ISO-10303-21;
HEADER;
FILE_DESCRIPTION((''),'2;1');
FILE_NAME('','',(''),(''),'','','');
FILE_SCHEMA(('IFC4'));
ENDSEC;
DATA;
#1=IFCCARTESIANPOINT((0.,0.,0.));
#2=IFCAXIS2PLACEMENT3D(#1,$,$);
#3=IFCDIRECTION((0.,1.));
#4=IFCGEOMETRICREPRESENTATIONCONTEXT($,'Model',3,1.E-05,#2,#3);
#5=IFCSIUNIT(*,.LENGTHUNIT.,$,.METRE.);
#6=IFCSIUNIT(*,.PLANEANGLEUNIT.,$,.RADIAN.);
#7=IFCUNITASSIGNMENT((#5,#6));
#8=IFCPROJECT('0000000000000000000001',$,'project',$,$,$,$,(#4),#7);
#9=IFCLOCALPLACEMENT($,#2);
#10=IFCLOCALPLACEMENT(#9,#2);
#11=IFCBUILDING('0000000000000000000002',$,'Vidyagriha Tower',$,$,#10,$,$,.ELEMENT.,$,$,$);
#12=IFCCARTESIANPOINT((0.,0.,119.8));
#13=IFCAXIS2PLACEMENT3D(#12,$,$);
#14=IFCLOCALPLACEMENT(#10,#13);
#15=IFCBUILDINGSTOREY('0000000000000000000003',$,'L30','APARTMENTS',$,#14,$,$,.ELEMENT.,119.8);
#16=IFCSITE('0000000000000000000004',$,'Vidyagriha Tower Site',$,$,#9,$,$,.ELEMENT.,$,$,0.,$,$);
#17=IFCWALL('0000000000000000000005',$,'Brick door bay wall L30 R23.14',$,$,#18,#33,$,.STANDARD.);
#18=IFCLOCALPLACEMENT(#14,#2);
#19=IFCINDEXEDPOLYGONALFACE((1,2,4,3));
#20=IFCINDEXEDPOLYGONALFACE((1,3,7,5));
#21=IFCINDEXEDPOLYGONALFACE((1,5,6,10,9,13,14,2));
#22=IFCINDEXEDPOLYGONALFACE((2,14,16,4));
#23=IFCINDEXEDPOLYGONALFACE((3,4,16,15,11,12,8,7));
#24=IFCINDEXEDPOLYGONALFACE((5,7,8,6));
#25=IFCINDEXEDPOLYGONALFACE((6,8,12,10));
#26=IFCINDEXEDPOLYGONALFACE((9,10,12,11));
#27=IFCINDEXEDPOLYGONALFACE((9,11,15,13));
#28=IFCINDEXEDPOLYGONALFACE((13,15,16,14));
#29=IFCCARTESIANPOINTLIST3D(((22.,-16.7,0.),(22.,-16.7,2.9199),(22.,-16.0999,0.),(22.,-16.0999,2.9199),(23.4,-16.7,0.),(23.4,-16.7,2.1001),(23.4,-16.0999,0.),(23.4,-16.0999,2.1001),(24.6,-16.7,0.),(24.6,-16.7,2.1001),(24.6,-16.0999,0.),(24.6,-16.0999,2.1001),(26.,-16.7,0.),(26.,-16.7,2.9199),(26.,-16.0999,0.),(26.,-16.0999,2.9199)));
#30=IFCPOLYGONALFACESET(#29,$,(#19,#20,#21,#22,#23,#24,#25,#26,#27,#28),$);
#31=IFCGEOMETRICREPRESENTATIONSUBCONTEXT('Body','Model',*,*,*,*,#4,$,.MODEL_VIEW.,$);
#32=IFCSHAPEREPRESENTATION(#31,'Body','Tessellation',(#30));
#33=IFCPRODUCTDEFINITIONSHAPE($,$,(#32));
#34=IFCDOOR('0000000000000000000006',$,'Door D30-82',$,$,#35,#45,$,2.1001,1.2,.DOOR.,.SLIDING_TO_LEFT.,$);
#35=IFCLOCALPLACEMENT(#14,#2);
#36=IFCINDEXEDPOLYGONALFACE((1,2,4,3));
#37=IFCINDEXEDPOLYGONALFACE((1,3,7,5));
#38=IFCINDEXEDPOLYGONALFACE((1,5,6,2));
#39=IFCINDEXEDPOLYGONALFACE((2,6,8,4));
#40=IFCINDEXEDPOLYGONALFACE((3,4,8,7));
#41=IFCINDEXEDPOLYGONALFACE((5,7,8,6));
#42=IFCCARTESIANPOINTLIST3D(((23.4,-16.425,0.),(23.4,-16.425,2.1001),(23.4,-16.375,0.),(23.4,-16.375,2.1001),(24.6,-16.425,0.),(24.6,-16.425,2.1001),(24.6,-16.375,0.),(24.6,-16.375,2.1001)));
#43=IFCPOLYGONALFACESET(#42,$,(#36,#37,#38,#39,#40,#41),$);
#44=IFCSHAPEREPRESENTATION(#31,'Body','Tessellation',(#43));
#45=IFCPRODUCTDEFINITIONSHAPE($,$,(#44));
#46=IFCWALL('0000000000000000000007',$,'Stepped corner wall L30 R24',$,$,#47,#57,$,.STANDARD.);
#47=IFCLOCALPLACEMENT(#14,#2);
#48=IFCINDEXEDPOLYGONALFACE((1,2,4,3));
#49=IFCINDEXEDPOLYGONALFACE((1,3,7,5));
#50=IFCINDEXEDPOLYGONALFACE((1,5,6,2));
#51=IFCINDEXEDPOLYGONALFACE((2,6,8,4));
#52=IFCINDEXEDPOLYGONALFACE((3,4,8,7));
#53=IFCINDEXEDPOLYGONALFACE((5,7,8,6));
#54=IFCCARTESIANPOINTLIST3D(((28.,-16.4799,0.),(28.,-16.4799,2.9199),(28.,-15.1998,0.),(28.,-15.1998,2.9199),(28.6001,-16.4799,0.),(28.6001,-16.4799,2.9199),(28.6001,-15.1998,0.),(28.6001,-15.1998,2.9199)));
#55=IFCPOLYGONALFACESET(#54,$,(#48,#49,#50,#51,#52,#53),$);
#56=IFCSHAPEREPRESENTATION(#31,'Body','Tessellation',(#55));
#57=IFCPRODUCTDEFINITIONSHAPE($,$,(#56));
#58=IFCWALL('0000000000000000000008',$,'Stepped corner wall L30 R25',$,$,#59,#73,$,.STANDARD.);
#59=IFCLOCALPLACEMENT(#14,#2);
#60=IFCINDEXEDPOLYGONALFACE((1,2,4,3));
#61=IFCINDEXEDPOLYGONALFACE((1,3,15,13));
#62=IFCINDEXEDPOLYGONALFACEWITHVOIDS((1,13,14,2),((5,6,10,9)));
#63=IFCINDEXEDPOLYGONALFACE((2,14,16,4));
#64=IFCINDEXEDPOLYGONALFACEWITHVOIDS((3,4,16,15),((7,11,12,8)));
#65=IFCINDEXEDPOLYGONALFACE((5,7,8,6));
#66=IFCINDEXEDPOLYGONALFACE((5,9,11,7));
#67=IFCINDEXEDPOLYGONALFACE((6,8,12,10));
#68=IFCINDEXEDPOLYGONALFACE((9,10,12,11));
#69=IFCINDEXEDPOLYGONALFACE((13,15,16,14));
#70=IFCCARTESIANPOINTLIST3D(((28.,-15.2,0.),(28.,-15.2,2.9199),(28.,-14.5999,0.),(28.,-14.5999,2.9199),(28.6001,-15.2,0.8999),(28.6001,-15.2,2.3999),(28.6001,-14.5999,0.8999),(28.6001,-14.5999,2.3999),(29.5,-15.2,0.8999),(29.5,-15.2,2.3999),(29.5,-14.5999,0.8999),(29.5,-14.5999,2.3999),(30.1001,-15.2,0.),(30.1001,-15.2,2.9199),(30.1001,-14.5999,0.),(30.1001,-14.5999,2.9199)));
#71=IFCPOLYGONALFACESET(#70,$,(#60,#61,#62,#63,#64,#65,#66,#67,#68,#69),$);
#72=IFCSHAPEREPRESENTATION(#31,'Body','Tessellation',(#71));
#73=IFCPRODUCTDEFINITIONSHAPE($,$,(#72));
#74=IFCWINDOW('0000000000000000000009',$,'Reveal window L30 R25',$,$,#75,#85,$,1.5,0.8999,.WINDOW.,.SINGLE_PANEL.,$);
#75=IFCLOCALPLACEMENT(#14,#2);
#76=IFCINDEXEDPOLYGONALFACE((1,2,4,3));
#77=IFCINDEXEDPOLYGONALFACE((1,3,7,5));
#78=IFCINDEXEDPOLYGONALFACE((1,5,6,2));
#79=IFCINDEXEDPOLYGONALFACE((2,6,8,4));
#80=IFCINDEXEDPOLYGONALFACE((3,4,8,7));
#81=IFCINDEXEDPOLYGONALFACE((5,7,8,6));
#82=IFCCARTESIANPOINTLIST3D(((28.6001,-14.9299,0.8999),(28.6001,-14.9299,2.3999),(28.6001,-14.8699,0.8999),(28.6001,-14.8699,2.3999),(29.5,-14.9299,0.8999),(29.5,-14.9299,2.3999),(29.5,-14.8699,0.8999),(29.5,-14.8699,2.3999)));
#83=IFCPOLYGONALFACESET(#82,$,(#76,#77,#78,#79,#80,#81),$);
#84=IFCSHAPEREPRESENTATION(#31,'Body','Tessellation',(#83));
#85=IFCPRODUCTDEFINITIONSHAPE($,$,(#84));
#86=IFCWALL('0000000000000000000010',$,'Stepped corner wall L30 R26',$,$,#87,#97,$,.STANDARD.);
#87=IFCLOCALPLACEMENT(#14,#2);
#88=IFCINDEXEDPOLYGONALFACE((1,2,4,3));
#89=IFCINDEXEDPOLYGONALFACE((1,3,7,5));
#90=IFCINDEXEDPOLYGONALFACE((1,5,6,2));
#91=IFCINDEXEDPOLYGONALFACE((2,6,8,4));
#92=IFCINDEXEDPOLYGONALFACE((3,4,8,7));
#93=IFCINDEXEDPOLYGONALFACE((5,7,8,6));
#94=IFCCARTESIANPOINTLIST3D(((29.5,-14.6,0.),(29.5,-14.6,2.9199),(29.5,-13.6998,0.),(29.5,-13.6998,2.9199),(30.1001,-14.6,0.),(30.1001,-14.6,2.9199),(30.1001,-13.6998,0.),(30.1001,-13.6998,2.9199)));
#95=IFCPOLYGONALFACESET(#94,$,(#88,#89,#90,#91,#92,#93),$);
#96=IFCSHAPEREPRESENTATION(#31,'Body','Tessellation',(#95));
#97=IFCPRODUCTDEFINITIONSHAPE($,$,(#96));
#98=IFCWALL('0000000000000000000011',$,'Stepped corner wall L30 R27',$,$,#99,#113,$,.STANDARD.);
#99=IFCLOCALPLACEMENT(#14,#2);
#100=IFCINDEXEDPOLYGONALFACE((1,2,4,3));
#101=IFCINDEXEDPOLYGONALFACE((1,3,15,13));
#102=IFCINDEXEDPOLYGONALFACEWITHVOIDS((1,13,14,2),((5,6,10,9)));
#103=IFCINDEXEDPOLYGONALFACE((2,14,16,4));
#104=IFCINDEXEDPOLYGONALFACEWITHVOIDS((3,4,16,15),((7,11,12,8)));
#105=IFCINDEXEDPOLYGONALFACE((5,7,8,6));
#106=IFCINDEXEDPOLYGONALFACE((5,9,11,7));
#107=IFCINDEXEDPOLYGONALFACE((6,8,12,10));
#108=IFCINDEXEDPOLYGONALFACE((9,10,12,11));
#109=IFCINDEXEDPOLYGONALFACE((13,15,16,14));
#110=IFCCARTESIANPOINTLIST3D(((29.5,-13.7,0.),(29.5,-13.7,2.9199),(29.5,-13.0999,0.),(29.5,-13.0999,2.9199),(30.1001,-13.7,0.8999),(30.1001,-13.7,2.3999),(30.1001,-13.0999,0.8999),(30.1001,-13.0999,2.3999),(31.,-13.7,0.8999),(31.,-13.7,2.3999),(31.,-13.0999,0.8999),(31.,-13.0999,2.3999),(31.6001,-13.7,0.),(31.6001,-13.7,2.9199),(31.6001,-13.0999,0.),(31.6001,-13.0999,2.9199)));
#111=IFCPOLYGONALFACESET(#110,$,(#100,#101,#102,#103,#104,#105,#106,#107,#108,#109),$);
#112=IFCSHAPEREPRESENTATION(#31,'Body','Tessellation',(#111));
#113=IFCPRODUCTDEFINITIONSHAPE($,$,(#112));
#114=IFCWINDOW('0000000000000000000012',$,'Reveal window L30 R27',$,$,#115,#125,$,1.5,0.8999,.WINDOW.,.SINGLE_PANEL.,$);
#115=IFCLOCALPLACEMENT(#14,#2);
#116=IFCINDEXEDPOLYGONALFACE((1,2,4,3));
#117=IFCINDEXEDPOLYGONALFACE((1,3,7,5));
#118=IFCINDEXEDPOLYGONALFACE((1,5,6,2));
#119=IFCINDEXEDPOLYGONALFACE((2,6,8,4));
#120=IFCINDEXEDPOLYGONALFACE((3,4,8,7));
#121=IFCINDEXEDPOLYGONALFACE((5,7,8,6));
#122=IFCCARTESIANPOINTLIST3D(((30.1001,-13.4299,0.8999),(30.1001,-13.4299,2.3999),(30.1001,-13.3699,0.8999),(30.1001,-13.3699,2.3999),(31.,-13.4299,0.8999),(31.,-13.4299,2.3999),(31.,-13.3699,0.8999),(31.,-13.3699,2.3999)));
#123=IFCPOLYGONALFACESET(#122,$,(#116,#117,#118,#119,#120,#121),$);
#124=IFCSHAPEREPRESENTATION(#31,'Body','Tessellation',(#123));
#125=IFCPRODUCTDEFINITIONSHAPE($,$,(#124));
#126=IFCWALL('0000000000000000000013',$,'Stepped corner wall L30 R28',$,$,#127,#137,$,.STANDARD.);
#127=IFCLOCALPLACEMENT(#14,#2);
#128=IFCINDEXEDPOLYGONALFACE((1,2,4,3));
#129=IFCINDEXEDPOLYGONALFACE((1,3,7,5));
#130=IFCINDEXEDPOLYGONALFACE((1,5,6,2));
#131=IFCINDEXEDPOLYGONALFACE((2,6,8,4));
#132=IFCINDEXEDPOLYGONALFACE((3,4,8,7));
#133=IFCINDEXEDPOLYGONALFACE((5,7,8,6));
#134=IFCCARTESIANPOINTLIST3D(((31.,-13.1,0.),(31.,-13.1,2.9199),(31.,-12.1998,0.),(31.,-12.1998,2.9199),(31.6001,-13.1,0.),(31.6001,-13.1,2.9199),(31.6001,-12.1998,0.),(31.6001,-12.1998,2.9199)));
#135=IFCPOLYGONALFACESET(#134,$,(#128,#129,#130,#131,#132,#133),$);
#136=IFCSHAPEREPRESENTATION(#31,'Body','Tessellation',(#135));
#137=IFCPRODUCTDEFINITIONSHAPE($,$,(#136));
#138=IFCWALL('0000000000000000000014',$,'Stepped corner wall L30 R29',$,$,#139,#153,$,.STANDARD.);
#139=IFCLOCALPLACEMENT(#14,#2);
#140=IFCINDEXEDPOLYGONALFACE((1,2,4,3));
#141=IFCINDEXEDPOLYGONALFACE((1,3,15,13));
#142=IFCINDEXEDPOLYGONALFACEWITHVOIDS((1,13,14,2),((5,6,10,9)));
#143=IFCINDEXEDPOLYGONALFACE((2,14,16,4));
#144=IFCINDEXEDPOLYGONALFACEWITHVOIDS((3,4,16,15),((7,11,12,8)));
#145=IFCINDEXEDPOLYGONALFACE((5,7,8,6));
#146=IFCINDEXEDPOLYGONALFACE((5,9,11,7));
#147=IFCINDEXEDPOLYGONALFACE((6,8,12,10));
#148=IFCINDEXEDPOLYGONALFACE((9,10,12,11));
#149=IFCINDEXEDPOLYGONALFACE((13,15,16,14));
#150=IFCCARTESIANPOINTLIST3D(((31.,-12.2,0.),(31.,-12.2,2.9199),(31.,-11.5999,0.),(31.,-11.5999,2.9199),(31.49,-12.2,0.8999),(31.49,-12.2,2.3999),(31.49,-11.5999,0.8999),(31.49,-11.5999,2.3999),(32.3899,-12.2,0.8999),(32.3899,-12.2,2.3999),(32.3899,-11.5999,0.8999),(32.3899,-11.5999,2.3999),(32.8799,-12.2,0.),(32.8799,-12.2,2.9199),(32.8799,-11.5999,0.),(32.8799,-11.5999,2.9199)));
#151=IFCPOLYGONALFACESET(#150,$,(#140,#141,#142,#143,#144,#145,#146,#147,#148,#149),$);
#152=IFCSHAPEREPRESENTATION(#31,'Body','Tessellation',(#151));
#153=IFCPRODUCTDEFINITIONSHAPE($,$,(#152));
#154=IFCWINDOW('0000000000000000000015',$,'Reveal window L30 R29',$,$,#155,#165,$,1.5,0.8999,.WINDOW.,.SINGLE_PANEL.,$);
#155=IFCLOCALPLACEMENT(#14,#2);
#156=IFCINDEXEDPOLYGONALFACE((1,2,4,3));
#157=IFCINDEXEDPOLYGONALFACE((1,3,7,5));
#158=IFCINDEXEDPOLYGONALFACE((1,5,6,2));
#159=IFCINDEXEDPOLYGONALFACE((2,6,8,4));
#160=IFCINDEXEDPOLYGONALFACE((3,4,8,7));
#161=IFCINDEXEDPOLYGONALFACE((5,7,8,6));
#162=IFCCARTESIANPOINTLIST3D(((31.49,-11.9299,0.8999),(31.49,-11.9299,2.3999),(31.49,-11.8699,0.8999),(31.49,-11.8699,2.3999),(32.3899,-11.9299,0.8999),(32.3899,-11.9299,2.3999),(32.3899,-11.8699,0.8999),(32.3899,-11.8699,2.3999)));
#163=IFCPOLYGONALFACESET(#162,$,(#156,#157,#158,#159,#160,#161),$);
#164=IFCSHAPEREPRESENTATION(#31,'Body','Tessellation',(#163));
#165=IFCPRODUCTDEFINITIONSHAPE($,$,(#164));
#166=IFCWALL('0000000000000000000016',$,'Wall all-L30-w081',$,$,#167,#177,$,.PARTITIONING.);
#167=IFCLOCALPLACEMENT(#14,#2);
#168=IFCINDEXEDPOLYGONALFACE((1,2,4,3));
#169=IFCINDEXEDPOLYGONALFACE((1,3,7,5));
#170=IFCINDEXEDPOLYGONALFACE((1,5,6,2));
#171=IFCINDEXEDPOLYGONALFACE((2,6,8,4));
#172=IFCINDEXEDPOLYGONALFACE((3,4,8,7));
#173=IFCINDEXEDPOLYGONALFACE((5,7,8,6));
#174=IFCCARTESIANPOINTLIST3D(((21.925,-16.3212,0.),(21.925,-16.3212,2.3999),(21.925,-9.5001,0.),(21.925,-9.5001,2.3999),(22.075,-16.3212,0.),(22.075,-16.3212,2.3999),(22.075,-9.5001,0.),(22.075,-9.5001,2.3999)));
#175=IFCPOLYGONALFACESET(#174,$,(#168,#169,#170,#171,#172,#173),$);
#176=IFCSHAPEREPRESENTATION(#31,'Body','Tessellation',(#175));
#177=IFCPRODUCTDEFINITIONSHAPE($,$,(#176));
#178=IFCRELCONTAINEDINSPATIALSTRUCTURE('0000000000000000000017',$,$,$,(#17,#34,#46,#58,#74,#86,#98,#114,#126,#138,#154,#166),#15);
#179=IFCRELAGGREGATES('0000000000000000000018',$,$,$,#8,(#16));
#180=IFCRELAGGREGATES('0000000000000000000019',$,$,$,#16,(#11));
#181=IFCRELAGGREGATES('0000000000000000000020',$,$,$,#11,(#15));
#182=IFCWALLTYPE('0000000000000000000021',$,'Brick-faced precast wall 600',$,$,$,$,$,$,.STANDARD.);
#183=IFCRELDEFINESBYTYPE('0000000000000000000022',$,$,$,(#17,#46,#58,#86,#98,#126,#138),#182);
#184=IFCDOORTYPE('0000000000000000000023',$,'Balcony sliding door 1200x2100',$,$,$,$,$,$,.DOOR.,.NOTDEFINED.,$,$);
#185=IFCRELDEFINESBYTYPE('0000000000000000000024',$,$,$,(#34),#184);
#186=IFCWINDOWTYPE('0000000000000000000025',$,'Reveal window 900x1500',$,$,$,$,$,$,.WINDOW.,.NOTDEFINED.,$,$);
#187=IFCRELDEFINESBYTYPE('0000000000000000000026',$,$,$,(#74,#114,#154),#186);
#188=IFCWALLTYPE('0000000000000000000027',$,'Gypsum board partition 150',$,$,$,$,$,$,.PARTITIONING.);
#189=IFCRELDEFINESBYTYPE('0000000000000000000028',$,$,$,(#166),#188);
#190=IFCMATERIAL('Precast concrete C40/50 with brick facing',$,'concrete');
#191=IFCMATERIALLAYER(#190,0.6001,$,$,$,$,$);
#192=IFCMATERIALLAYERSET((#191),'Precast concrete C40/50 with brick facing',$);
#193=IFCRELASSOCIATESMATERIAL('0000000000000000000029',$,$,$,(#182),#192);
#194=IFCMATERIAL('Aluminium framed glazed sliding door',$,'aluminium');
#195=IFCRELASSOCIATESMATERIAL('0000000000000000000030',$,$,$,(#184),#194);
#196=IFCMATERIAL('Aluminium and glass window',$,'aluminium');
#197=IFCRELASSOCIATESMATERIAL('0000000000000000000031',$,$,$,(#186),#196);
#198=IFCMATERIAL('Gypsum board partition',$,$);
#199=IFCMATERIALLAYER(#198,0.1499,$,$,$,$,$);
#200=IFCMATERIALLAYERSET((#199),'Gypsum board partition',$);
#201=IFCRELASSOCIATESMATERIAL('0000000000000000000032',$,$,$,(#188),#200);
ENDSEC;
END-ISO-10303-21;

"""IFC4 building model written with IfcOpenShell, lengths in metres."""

from ifc_helpers import new_model, si_unit, direction, frame, frame_2d, origin, place, context, subcontext, project, spatial, rectangle, extrude, material, layer, layer_set, type_object, element, fill, save


model = new_model("IFC4")

# Units and contexts
model_context = context("Model", 3, precision=1e-05, world=origin(), true_north=direction((0.0, 1.0)))
body_context = subcontext(model_context, "Body", "Model", "MODEL_VIEW")
ifc_project = project(units=[si_unit("LENGTHUNIT", "METRE"), si_unit("PLANEANGLEUNIT", "RADIAN")], contexts=[model_context])

# Site, building, storey
site_placement = place(None, origin())
site = spatial("IfcSite", under=ifc_project, at=site_placement, Name="Vidyagriha Tower Site", CompositionType="ELEMENT", RefElevation=0.0)
building_placement = place(site_placement, origin())
building = spatial("IfcBuilding", under=site, at=building_placement, Name="Vidyagriha Tower", CompositionType="ELEMENT")
storey_placement = place(building_placement, frame((0.0, 0.0, 119.8)))
storey = spatial("IfcBuildingStorey", under=building, at=storey_placement, Name="L30", Description="APARTMENTS", CompositionType="ELEMENT", Elevation=119.8)

# Wall, opening, door
ifc_material_1 = material(Name="Precast concrete C40/50 with brick facing", Category="concrete")
ifc_layer_1 = layer(ifc_material_1, 0.6001)
ifc_layer_set_1 = layer_set([ifc_layer_1], Name="Precast concrete C40/50 with brick facing")
wall_type_1 = type_object("IfcWallType", Name="Brick-faced precast wall 600", PredefinedType="STANDARD", material=ifc_layer_set_1)
wall_1_placement = place(storey_placement, frame((22.0, -16.3999, 0.0)))
wall_1 = element("IfcWall", 1, at=wall_1_placement, inside=storey, type_object=wall_type_1, Name="Brick door bay wall L30 R23.14", PredefinedType="STANDARD", context=body_context, shape_type="SweptSolid", body=[
    extrude(rectangle(XDim=4.0, YDim=0.6001, at=frame_2d((2.0, 0.0))), origin(), (0.0, 0.0, 1.0), 2.9199),
])
opening_1_placement = place(wall_1_placement, frame((1.3999, 0.0, 0.0)))
opening_1 = element("IfcOpeningElement", 2, at=opening_1_placement, cuts=wall_1, PredefinedType="OPENING", context=body_context, shape_type="SweptSolid", body=[
    extrude(rectangle(XDim=1.2, YDim=2.1001, at=frame_2d((0.6001, 1.05))), frame((0.0, 0.3101, 0.0), z_axis=(0.0, -1.0, 0.0), x_axis=(1.0, 0.0, 0.0)), (0.0, 0.0, 1.0), 0.6201),
])
ifc_material_2 = material(Name="Aluminium framed glazed sliding door", Category="aluminium")
door_type = type_object("IfcDoorType", Name="Balcony sliding door 1200x2100", OperationType="NOTDEFINED", PredefinedType="DOOR", material=ifc_material_2)
door_placement = place(opening_1_placement, origin())
door = element("IfcDoor", 3, at=door_placement, inside=storey, type_object=door_type, Name="Door D30-82", OperationType="SLIDING_TO_LEFT", OverallHeight=2.1001, OverallWidth=1.2, PredefinedType="DOOR", context=body_context, shape_type="SweptSolid", body=[
    extrude(rectangle(XDim=1.2, YDim=2.1001, at=frame_2d((0.6001, 1.05))), frame((0.0, 0.0249, 0.0), z_axis=(0.0, -1.0, 0.0), x_axis=(1.0, 0.0, 0.0)), (0.0, 0.0, 1.0), 0.05),
])
fill(opening_1, door)

# Wall
wall_2_placement = place(storey_placement, frame((28.3, -16.48, 0.0), z_axis=(0.0, 0.0, 1.0), x_axis=(0.0, 1.0, 0.0)))
element("IfcWall", 4, at=wall_2_placement, inside=storey, type_object=wall_type_1, Name="Stepped corner wall L30 R24", PredefinedType="STANDARD", context=body_context, shape_type="SweptSolid", body=[
    extrude(rectangle(XDim=1.28, YDim=0.6001, at=frame_2d((0.6401, 0.0))), origin(), (0.0, 0.0, 1.0), 2.9199),
])

# Wall, opening, window
wall_3_placement = place(storey_placement, frame((28.0, -14.8999, 0.0)))
wall_3 = element("IfcWall", 5, at=wall_3_placement, inside=storey, type_object=wall_type_1, Name="Stepped corner wall L30 R25", PredefinedType="STANDARD", context=body_context, shape_type="SweptSolid", body=[
    extrude(rectangle(XDim=2.1001, YDim=0.6001, at=frame_2d((1.05, 0.0))), origin(), (0.0, 0.0, 1.0), 2.9199),
])
opening_2_placement = place(wall_3_placement, frame((0.6001, 0.0, 0.8999)))
opening_2 = element("IfcOpeningElement", 6, at=opening_2_placement, cuts=wall_3, PredefinedType="OPENING", context=body_context, shape_type="SweptSolid", body=[
    extrude(rectangle(XDim=0.8999, YDim=1.5, at=frame_2d((0.45, 0.75))), frame((0.0, 0.3101, 0.0), z_axis=(0.0, -1.0, 0.0), x_axis=(1.0, 0.0, 0.0)), (0.0, 0.0, 1.0), 0.6201),
])
ifc_material_3 = material(Name="Aluminium and glass window", Category="aluminium")
window_type = type_object("IfcWindowType", Name="Reveal window 900x1500", PartitioningType="NOTDEFINED", PredefinedType="WINDOW", material=ifc_material_3)
window_1_placement = place(opening_2_placement, origin())
window_1 = element("IfcWindow", 7, at=window_1_placement, inside=storey, type_object=window_type, Name="Reveal window L30 R25", OverallHeight=1.5, OverallWidth=0.8999, PartitioningType="SINGLE_PANEL", PredefinedType="WINDOW", context=body_context, shape_type="SweptSolid", body=[
    extrude(rectangle(XDim=0.8999, YDim=1.5, at=frame_2d((0.45, 0.75))), frame((0.0, 0.03, 0.0), z_axis=(0.0, -1.0, 0.0), x_axis=(1.0, 0.0, 0.0)), (0.0, 0.0, 1.0), 0.0601),
])
fill(opening_2, window_1)

# Wall
wall_4_placement = place(storey_placement, frame((29.8, -14.6001, 0.0), z_axis=(0.0, 0.0, 1.0), x_axis=(0.0, 1.0, 0.0)))
element("IfcWall", 8, at=wall_4_placement, inside=storey, type_object=wall_type_1, Name="Stepped corner wall L30 R26", PredefinedType="STANDARD", context=body_context, shape_type="SweptSolid", body=[
    extrude(rectangle(XDim=0.9001, YDim=0.6001, at=frame_2d((0.4502, 0.0))), origin(), (0.0, 0.0, 1.0), 2.9199),
])

# Wall, opening, window
wall_5_placement = place(storey_placement, frame((29.5, -13.3999, 0.0)))
wall_5 = element("IfcWall", 9, at=wall_5_placement, inside=storey, type_object=wall_type_1, Name="Stepped corner wall L30 R27", PredefinedType="STANDARD", context=body_context, shape_type="SweptSolid", body=[
    extrude(rectangle(XDim=2.1001, YDim=0.6001, at=frame_2d((1.05, 0.0))), origin(), (0.0, 0.0, 1.0), 2.9199),
])
opening_3_placement = place(wall_5_placement, frame((0.6001, 0.0, 0.8999)))
opening_3 = element("IfcOpeningElement", 10, at=opening_3_placement, cuts=wall_5, PredefinedType="OPENING", context=body_context, shape_type="SweptSolid", body=[
    extrude(rectangle(XDim=0.8999, YDim=1.5, at=frame_2d((0.45, 0.75))), frame((0.0, 0.3101, 0.0), z_axis=(0.0, -1.0, 0.0), x_axis=(1.0, 0.0, 0.0)), (0.0, 0.0, 1.0), 0.6201),
])
window_2_placement = place(opening_3_placement, origin())
window_2 = element("IfcWindow", 11, at=window_2_placement, inside=storey, type_object=window_type, Name="Reveal window L30 R27", OverallHeight=1.5, OverallWidth=0.8999, PartitioningType="SINGLE_PANEL", PredefinedType="WINDOW", context=body_context, shape_type="SweptSolid", body=[
    extrude(rectangle(XDim=0.8999, YDim=1.5, at=frame_2d((0.45, 0.75))), frame((0.0, 0.03, 0.0), z_axis=(0.0, -1.0, 0.0), x_axis=(1.0, 0.0, 0.0)), (0.0, 0.0, 1.0), 0.0601),
])
fill(opening_3, window_2)

# Wall
wall_6_placement = place(storey_placement, frame((31.3, -13.1001, 0.0), z_axis=(0.0, 0.0, 1.0), x_axis=(0.0, 1.0, 0.0)))
element("IfcWall", 12, at=wall_6_placement, inside=storey, type_object=wall_type_1, Name="Stepped corner wall L30 R28", PredefinedType="STANDARD", context=body_context, shape_type="SweptSolid", body=[
    extrude(rectangle(XDim=0.9001, YDim=0.6001, at=frame_2d((0.4502, 0.0))), origin(), (0.0, 0.0, 1.0), 2.9199),
])

# Wall, opening, window
wall_7_placement = place(storey_placement, frame((31.0, -11.8999, 0.0)))
wall_7 = element("IfcWall", 13, at=wall_7_placement, inside=storey, type_object=wall_type_1, Name="Stepped corner wall L30 R29", PredefinedType="STANDARD", context=body_context, shape_type="SweptSolid", body=[
    extrude(rectangle(XDim=1.8799, YDim=0.6001, at=frame_2d((0.9399, 0.0))), origin(), (0.0, 0.0, 1.0), 2.9199),
])
opening_4_placement = place(wall_7_placement, frame((0.49, 0.0, 0.8999)))
opening_4 = element("IfcOpeningElement", 14, at=opening_4_placement, cuts=wall_7, PredefinedType="OPENING", context=body_context, shape_type="SweptSolid", body=[
    extrude(rectangle(XDim=0.8999, YDim=1.5, at=frame_2d((0.45, 0.75))), frame((0.0, 0.3101, 0.0), z_axis=(0.0, -1.0, 0.0), x_axis=(1.0, 0.0, 0.0)), (0.0, 0.0, 1.0), 0.6201),
])
window_3_placement = place(opening_4_placement, origin())
window_3 = element("IfcWindow", 15, at=window_3_placement, inside=storey, type_object=window_type, Name="Reveal window L30 R29", OverallHeight=1.5, OverallWidth=0.8999, PartitioningType="SINGLE_PANEL", PredefinedType="WINDOW", context=body_context, shape_type="SweptSolid", body=[
    extrude(rectangle(XDim=0.8999, YDim=1.5, at=frame_2d((0.45, 0.75))), frame((0.0, 0.03, 0.0), z_axis=(0.0, -1.0, 0.0), x_axis=(1.0, 0.0, 0.0)), (0.0, 0.0, 1.0), 0.0601),
])
fill(opening_4, window_3)

# Wall
ifc_material_4 = material(Name="Gypsum board partition")
ifc_layer_2 = layer(ifc_material_4, 0.1499)
ifc_layer_set_2 = layer_set([ifc_layer_2], Name="Gypsum board partition")
wall_type_2 = type_object("IfcWallType", Name="Gypsum board partition 150", PredefinedType="PARTITIONING", material=ifc_layer_set_2)
wall_8_placement = place(storey_placement, frame((22.0, -9.5, 0.0), z_axis=(0.0, 0.0, 1.0), x_axis=(0.0, -1.0, 0.0)))
element("IfcWall", 16, at=wall_8_placement, inside=storey, type_object=wall_type_2, Name="Wall all-L30-w081", PredefinedType="PARTITIONING", context=body_context, shape_type="SweptSolid", body=[
    extrude(rectangle(XDim=6.821, YDim=0.1499, at=frame_2d((3.4106, 0.0))), origin(), (0.0, 0.0, 1.0), 2.3999),
])

save(model, "model.ifc")
